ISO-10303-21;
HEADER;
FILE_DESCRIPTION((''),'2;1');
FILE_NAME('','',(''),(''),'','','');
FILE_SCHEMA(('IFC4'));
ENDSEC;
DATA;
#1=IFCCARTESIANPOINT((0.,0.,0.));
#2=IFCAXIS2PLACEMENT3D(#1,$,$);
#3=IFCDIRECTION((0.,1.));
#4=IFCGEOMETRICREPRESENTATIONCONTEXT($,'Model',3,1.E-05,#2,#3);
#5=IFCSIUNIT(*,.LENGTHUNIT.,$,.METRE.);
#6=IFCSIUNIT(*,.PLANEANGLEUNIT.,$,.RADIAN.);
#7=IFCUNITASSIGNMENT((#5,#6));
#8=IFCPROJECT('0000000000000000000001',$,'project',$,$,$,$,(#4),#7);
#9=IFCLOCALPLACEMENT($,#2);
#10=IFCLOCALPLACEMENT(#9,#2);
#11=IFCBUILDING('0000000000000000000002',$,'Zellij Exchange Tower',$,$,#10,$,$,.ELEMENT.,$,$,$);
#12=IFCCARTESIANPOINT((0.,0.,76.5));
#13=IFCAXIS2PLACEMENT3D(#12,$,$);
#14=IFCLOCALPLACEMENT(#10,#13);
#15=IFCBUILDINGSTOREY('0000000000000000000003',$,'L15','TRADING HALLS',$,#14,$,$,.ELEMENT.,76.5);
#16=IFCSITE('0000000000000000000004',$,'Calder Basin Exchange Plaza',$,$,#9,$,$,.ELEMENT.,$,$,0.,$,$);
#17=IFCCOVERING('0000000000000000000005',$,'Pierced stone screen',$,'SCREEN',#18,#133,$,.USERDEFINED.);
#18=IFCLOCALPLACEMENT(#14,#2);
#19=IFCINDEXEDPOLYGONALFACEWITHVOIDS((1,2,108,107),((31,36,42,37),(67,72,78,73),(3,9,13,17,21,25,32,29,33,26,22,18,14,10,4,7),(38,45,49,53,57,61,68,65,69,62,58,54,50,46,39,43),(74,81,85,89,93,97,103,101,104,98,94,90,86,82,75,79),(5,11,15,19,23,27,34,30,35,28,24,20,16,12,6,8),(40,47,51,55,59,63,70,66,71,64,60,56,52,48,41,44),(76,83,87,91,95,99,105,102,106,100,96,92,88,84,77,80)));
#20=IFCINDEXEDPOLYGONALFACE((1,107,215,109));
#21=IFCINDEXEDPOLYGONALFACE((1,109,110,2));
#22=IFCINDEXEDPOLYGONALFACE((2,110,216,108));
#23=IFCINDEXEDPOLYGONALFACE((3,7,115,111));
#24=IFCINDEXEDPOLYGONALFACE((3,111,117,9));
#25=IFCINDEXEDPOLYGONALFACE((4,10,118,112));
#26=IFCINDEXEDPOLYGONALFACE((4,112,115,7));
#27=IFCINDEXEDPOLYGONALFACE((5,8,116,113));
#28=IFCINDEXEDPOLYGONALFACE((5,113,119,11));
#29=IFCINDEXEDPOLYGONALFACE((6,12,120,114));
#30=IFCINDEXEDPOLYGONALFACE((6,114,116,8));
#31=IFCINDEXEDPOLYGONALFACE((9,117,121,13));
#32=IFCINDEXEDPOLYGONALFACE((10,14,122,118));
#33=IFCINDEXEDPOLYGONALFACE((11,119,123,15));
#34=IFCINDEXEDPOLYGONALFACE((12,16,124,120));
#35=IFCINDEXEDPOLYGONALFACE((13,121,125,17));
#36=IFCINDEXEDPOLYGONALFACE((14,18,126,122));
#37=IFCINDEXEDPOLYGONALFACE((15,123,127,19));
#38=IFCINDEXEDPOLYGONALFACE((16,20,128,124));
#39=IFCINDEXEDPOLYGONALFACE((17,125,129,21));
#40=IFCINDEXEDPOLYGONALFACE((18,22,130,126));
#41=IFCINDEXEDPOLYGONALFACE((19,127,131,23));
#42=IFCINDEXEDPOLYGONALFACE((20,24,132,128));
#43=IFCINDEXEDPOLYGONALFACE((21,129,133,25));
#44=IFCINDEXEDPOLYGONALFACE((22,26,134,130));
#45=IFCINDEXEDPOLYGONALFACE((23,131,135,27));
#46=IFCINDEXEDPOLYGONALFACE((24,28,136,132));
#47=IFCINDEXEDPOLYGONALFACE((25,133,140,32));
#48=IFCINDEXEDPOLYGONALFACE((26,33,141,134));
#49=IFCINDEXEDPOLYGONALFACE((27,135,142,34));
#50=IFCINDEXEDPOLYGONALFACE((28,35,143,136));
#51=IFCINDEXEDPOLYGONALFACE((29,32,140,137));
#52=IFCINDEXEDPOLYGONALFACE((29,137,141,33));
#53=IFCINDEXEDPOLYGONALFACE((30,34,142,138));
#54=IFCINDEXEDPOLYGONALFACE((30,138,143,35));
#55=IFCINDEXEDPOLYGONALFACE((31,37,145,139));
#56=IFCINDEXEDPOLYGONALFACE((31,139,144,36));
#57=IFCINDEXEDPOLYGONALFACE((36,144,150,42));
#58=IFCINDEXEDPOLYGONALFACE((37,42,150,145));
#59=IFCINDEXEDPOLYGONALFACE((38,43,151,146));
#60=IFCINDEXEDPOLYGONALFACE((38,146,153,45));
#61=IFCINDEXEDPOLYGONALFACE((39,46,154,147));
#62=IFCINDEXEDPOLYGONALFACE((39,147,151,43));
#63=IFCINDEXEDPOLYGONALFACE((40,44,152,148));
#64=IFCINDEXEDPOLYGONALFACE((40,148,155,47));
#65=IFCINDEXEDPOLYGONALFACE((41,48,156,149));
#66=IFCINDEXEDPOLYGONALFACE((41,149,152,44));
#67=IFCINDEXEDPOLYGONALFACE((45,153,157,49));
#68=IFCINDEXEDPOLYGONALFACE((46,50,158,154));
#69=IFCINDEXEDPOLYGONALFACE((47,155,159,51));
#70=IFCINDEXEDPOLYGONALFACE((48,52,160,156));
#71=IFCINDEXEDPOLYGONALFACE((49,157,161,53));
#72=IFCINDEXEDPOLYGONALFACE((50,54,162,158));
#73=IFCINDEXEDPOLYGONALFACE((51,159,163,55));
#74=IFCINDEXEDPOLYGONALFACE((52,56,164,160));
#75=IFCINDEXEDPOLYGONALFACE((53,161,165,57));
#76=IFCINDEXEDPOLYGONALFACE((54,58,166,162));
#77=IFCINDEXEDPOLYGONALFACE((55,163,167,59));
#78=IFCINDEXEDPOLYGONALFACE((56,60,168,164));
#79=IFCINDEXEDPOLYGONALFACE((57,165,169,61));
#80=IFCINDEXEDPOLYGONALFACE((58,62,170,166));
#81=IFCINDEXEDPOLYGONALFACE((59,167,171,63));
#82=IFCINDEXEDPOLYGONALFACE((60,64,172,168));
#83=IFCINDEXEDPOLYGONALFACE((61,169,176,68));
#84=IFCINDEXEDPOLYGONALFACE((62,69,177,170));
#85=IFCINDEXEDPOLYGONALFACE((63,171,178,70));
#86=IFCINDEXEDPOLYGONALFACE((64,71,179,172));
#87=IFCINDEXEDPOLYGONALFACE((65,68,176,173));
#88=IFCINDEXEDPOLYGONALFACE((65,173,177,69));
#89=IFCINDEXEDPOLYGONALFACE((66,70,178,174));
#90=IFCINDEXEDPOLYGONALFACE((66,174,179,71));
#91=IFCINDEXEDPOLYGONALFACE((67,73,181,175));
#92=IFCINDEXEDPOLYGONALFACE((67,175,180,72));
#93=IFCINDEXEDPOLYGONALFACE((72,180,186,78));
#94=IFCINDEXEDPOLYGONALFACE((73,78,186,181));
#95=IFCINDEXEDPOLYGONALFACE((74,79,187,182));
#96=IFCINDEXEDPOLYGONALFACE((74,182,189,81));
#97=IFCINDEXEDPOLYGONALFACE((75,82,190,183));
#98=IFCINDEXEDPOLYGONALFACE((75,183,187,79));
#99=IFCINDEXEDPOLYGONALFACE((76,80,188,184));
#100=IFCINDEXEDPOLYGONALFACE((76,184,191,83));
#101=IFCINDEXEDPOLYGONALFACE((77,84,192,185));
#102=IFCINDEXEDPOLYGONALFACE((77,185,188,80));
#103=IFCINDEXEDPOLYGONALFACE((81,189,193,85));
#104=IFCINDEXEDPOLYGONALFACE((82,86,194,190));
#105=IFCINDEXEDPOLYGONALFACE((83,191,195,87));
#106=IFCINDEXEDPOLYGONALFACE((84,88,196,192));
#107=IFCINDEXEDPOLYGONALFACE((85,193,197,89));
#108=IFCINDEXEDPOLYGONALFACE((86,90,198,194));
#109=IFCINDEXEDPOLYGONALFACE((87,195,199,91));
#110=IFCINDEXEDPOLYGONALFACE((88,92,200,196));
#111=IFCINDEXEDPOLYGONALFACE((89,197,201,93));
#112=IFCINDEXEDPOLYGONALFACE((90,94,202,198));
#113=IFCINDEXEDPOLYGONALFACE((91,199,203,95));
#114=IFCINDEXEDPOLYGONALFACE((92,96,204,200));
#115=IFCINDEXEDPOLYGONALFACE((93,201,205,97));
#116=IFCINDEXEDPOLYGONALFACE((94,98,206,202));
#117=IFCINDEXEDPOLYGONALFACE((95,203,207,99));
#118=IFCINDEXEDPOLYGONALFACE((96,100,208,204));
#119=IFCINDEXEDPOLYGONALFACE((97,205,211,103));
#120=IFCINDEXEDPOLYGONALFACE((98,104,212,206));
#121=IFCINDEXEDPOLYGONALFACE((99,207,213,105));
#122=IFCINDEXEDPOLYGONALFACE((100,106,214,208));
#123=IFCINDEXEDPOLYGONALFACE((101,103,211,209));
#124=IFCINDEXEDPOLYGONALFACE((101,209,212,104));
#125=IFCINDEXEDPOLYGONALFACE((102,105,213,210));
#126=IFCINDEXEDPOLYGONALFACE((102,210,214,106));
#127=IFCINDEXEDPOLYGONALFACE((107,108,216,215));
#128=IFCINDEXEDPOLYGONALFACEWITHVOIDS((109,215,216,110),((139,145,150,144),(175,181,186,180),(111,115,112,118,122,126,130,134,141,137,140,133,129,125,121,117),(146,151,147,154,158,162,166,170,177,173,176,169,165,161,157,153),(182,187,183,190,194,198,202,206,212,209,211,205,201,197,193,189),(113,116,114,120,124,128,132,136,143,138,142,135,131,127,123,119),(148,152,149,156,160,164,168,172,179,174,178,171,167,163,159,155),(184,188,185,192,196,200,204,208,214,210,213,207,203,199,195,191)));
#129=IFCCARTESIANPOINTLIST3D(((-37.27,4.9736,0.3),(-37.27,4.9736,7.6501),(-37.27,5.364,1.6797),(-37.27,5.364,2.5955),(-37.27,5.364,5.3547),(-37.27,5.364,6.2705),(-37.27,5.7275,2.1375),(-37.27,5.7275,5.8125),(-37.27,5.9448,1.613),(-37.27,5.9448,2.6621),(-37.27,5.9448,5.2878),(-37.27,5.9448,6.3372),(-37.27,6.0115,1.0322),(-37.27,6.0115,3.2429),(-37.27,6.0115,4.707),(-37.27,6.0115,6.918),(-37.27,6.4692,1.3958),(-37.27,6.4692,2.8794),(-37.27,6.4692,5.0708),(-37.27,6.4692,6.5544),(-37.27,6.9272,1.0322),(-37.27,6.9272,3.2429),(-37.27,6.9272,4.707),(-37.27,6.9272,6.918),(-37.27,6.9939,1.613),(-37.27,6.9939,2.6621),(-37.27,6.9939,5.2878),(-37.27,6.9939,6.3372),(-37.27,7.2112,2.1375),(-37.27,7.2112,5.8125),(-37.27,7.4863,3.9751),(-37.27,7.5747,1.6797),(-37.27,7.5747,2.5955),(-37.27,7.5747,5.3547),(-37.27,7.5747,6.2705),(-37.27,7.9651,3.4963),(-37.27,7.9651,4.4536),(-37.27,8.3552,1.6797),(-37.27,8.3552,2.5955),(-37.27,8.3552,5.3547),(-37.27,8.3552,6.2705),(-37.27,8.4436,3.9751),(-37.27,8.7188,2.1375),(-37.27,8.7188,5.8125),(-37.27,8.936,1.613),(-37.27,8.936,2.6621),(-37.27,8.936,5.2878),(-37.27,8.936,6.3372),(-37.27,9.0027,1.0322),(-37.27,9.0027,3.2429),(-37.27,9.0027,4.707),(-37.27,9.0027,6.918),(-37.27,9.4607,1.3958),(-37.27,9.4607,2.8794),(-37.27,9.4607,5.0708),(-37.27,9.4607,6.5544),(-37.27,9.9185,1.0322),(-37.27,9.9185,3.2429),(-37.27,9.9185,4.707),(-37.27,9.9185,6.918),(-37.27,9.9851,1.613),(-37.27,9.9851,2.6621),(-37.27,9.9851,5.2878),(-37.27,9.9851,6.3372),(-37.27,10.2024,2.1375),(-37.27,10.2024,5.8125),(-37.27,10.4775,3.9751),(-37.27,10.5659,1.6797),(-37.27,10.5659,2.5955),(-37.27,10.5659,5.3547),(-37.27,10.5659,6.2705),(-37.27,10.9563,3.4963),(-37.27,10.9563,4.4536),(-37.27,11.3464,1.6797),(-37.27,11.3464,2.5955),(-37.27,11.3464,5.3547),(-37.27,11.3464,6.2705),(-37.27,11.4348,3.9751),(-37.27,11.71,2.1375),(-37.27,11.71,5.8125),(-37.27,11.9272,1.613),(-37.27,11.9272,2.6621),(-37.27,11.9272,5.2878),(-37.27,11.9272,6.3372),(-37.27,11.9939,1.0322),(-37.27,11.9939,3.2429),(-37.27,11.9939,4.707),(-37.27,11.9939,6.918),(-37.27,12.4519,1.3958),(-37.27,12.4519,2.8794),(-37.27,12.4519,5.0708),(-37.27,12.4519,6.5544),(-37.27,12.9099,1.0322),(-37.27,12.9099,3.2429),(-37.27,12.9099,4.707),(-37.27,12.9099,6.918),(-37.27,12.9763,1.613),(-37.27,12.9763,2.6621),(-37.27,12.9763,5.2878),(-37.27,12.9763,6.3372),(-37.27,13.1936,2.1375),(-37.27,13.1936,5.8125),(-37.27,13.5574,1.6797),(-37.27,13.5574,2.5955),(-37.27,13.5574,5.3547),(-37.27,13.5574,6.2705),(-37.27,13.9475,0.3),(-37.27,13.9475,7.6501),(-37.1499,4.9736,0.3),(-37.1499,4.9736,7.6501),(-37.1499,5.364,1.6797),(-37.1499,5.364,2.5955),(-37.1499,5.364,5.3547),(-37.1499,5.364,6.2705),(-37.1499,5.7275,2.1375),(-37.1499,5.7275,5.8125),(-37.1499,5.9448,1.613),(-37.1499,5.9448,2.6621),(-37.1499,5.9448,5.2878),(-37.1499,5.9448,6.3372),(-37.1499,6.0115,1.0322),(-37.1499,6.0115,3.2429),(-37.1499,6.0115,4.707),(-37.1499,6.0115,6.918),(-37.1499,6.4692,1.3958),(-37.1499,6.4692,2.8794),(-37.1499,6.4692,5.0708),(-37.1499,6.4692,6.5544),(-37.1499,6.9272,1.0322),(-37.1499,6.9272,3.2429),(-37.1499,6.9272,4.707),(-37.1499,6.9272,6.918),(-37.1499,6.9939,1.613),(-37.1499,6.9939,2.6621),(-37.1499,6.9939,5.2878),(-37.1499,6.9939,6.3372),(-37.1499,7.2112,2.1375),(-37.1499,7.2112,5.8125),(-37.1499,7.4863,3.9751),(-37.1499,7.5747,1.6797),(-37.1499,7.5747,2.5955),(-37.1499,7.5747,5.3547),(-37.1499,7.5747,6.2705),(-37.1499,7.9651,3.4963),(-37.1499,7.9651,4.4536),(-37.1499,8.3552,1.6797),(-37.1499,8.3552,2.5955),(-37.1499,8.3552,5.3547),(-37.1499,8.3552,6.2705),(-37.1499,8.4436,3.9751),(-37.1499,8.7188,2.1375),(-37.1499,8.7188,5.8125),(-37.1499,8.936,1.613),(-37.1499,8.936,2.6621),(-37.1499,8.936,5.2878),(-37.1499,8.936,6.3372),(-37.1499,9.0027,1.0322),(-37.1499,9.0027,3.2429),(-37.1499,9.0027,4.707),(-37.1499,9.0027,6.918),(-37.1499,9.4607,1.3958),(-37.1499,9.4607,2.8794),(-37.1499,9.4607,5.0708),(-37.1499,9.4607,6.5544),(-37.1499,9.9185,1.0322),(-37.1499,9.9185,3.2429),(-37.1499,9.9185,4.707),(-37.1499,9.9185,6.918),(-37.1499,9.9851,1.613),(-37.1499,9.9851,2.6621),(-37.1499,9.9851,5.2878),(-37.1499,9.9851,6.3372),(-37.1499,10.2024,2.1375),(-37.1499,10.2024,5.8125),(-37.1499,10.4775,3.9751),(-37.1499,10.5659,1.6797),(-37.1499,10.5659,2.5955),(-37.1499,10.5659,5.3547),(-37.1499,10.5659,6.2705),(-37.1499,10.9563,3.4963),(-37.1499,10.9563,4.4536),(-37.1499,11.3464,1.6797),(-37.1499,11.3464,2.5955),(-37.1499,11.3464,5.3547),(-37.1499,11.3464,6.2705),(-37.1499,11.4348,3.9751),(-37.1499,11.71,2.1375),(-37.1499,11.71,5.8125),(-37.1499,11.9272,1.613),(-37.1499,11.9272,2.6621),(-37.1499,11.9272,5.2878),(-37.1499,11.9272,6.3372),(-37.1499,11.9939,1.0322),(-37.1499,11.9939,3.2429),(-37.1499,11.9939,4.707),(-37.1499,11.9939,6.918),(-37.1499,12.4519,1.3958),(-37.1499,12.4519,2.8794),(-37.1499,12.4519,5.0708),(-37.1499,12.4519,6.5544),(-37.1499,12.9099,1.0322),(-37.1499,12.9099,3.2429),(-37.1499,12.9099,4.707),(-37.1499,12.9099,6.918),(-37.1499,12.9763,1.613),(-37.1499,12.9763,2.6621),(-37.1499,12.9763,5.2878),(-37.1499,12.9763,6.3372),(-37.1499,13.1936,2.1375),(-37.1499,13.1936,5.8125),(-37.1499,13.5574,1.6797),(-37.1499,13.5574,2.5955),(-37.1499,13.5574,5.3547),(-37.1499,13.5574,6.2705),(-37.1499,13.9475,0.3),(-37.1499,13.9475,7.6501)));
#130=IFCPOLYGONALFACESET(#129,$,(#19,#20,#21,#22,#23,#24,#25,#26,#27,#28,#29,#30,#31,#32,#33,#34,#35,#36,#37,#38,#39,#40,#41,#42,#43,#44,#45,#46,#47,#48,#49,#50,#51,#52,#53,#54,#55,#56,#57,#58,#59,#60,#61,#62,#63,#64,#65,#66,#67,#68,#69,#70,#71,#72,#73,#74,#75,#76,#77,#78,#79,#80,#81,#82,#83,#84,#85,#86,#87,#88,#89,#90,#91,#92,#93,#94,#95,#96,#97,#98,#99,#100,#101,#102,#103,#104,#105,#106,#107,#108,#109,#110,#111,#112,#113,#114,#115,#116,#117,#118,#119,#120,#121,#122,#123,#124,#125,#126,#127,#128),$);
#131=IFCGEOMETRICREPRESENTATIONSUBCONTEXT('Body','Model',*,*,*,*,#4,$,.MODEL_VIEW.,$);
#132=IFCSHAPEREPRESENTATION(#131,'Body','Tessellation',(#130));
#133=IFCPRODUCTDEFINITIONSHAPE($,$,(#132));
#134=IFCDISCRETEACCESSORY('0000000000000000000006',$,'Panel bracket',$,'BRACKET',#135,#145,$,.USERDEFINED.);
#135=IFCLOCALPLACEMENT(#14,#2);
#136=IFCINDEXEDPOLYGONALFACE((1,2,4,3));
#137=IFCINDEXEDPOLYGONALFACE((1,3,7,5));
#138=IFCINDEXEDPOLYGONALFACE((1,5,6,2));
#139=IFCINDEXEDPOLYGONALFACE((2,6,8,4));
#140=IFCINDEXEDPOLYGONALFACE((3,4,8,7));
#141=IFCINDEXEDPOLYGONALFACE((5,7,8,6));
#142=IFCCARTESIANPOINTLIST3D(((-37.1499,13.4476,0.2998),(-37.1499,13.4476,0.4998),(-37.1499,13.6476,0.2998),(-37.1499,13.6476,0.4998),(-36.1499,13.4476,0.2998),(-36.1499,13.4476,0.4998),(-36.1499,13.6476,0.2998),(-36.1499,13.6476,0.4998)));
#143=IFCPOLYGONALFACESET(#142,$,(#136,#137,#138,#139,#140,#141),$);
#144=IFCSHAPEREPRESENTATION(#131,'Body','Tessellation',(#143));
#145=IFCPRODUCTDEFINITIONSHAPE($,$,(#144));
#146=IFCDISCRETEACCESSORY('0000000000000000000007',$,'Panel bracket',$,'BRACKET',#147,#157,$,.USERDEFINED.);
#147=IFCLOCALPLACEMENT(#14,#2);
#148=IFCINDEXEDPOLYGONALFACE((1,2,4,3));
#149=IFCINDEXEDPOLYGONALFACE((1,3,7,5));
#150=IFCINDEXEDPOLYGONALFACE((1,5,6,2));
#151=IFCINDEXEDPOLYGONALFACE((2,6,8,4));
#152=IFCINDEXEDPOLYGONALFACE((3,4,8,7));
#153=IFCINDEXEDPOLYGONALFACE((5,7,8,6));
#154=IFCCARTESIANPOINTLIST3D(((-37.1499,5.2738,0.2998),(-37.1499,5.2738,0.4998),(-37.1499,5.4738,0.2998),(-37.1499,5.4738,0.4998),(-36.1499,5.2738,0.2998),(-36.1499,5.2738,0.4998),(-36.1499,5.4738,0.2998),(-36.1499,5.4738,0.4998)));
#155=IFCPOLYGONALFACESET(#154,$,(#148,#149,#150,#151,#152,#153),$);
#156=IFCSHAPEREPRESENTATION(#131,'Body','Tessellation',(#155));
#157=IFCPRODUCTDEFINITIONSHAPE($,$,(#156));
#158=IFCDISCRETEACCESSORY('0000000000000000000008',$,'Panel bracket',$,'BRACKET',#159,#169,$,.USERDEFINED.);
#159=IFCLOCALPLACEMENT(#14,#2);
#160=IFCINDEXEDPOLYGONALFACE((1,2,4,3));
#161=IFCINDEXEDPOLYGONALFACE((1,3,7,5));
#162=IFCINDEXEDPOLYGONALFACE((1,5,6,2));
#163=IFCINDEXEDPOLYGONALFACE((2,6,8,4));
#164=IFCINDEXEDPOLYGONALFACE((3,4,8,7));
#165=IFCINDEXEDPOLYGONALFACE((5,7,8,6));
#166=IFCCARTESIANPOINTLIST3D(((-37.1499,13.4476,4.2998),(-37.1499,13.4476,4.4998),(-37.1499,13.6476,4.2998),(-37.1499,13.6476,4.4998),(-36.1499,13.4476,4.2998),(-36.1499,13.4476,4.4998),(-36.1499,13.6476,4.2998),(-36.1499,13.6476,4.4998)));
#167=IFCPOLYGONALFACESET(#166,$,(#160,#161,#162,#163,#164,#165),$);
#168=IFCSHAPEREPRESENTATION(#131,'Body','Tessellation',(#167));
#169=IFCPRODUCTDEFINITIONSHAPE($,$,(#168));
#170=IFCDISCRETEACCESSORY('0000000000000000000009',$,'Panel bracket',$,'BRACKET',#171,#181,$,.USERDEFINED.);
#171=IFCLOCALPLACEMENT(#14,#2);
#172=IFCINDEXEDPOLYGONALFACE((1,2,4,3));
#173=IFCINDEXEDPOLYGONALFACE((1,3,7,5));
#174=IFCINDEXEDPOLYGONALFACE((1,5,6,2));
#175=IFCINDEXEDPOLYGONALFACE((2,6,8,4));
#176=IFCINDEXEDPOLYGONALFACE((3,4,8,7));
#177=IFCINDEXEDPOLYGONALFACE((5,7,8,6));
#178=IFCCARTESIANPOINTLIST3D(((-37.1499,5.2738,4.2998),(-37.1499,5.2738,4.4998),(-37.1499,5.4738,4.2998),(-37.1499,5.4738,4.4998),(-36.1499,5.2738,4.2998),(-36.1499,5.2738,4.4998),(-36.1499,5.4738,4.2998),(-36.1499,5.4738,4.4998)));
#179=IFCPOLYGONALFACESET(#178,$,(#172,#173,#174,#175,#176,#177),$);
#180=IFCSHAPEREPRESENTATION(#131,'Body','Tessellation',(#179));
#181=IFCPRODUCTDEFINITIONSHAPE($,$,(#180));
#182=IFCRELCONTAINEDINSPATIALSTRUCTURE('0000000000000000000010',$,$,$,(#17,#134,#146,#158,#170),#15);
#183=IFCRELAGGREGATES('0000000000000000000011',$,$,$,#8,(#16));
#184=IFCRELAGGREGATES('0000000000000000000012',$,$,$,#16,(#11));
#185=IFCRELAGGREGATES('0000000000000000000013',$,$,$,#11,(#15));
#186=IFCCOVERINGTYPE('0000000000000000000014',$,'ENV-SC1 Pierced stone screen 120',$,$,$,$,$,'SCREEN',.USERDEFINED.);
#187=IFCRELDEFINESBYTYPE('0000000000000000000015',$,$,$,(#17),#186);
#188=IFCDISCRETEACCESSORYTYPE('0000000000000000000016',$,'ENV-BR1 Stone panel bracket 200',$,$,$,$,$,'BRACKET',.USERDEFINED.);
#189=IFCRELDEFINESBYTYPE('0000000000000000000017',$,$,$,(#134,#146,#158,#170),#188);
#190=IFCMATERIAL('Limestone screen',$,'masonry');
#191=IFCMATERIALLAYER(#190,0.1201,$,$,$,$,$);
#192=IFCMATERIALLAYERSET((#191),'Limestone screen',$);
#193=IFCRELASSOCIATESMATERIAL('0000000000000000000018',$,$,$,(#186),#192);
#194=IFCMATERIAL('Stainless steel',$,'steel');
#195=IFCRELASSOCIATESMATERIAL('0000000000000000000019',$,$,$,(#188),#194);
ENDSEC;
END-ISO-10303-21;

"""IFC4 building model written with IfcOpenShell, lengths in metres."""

from ifc_helpers import new_model, si_unit, direction, frame, origin, origin_2d, place, context, subcontext, project, spatial, polyline, rectangle, outline, extrude, material, layer, layer_set, type_object, element, save


model = new_model("IFC4")

# Units and contexts
model_context = context("Model", 3, precision=1e-05, world=origin(), true_north=direction((0.0, 1.0)))
body_context = subcontext(model_context, "Body", "Model", "MODEL_VIEW")
ifc_project = project(units=[si_unit("LENGTHUNIT", "METRE"), si_unit("PLANEANGLEUNIT", "RADIAN")], contexts=[model_context])

# Site, building, storey
site_placement = place(None, origin())
site = spatial("IfcSite", under=ifc_project, at=site_placement, Name="Calder Basin Exchange Plaza", CompositionType="ELEMENT", RefElevation=0.0)
building_placement = place(site_placement, origin())
building = spatial("IfcBuilding", under=site, at=building_placement, Name="Zellij Exchange Tower", CompositionType="ELEMENT")
storey_placement = place(building_placement, frame((0.0, 0.0, 76.5)))
storey = spatial("IfcBuildingStorey", under=building, at=storey_placement, Name="L15", Description="TRADING HALLS", CompositionType="ELEMENT", Elevation=76.5)

# Covering
ifc_material_1 = material(Name="Limestone screen", Category="masonry")
ifc_layer_1 = layer(ifc_material_1, 0.1201)
ifc_layer_set_1 = layer_set([ifc_layer_1], Name="Limestone screen")
covering_type = type_object("IfcCoveringType", Name="ENV-SC1 Pierced stone screen 120", ElementType="SCREEN", PredefinedType="USERDEFINED", material=ifc_layer_set_1)
covering_placement = place(storey_placement, frame((-37.21, 13.9475, 0.3), z_axis=(0.0, 0.0, 1.0), x_axis=(0.0, -1.0, 0.0)))
element("IfcCovering", 1, at=covering_placement, inside=storey, type_object=covering_type, Name="Pierced stone screen", ObjectType="SCREEN", PredefinedType="USERDEFINED", context=body_context, shape_type="SweptSolid", body=[
    extrude(outline(polyline([(0.0, 0.0), (8.9739, 0.0), (8.9739, 7.3501), (0.0, 7.3501), (0.0, 0.0)]), holes=[polyline([(2.6011, 2.2954), (2.0203, 2.3621), (1.9536, 2.9429), (1.4956, 2.5793), (1.0376, 2.9429), (0.9712, 2.3621), (0.3901, 2.2954), (0.7539, 1.8374), (0.3901, 1.3796), (0.9712, 1.313), (1.0376, 0.7322), (1.4956, 1.0957), (1.9536, 0.7322), (2.0203, 1.313), (2.6011, 1.3796), (2.2375, 1.8374), (2.6011, 2.2954)]), polyline([(2.6011, 5.9705), (2.0203, 6.0371), (1.9536, 6.6179), (1.4956, 6.2544), (1.0376, 6.6179), (0.9712, 6.0371), (0.3901, 5.9705), (0.7539, 5.5125), (0.3901, 5.0547), (0.9712, 4.9878), (1.0376, 4.407), (1.4956, 4.7708), (1.9536, 4.407), (2.0203, 4.9878), (2.6011, 5.0547), (2.2375, 5.5125), (2.6011, 5.9705)]), polyline([(5.5923, 2.2954), (5.0115, 2.3621), (4.9448, 2.9429), (4.4868, 2.5793), (4.0291, 2.9429), (3.9624, 2.3621), (3.3816, 2.2954), (3.7451, 1.8374), (3.3816, 1.3796), (3.9624, 1.313), (4.0291, 0.7322), (4.4868, 1.0957), (4.9448, 0.7322), (5.0115, 1.313), (5.5923, 1.3796), (5.2288, 1.8374), (5.5923, 2.2954)]), polyline([(5.5923, 5.9705), (5.0115, 6.0371), (4.9448, 6.6179), (4.4868, 6.2544), (4.0291, 6.6179), (3.9624, 6.0371), (3.3816, 5.9705), (3.7451, 5.5125), (3.3816, 5.0547), (3.9624, 4.9878), (4.0291, 4.407), (4.4868, 4.7708), (4.9448, 4.407), (5.0115, 4.9878), (5.5923, 5.0547), (5.2288, 5.5125), (5.5923, 5.9705)]), polyline([(8.5835, 2.2954), (8.0027, 2.3621), (7.936, 2.9429), (7.4783, 2.5793), (7.0203, 2.9429), (6.9536, 2.3621), (6.3728, 2.2954), (6.7363, 1.8374), (6.3728, 1.3796), (6.9536, 1.313), (7.0203, 0.7322), (7.4783, 1.0957), (7.936, 0.7322), (8.0027, 1.313), (8.5835, 1.3796), (8.22, 1.8374), (8.5835, 2.2954)]), polyline([(8.5835, 5.9705), (8.0027, 6.0371), (7.936, 6.6179), (7.4783, 6.2544), (7.0203, 6.6179), (6.9536, 6.0371), (6.3728, 5.9705), (6.7363, 5.5125), (6.3728, 5.0547), (6.9536, 4.9878), (7.0203, 4.407), (7.4783, 4.7708), (7.936, 4.407), (8.0027, 4.9878), (8.5835, 5.0547), (8.22, 5.5125), (8.5835, 5.9705)]), polyline([(3.47, 3.675), (2.9912, 4.1536), (2.5127, 3.675), (2.9912, 3.1963), (3.47, 3.675)]), polyline([(6.4612, 3.675), (5.9824, 4.1536), (5.5039, 3.675), (5.9824, 3.1963), (6.4612, 3.675)])]), frame((0.0, 0.0601, 0.0), z_axis=(0.0, -1.0, 0.0), x_axis=(1.0, 0.0, 0.0)), (0.0, 0.0, 1.0), 0.1201),
])

# Discrete accessories
ifc_material_2 = material(Name="Stainless steel", Category="steel")
discrete_accessory_type = type_object("IfcDiscreteAccessoryType", Name="ENV-BR1 Stone panel bracket 200", ElementType="BRACKET", PredefinedType="USERDEFINED", material=ifc_material_2)
for number, where, z_axis, x_axis, name in (
    (2, (-36.6499, 13.5476, 0.2998), (0.0, 0.0, 1.0), (0.0, -1.0, 0.0), "Panel bracket"),
    (3, (-36.6499, 5.3738, 0.2998), (0.0, 0.0, 1.0), (0.0, -1.0, 0.0), "Panel bracket"),
    (4, (-36.6499, 13.5476, 4.2998), (0.0, 0.0, 1.0), (0.0, -1.0, 0.0), "Panel bracket"),
    (5, (-36.6499, 5.3738, 4.2998), (0.0, 0.0, 1.0), (0.0, -1.0, 0.0), "Panel bracket"),
):
    element("IfcDiscreteAccessory", number, at=place(storey_placement, frame(where, z_axis=z_axis, x_axis=x_axis)), inside=storey, type_object=discrete_accessory_type, Name=name, ObjectType="BRACKET", PredefinedType="USERDEFINED", context=body_context, shape_type="SweptSolid", body=[
        extrude(rectangle(XDim=0.2, YDim=1.0, at=origin_2d()), origin(), (0.0, 0.0, 1.0), 0.2),
    ])

save(model, "model.ifc")
